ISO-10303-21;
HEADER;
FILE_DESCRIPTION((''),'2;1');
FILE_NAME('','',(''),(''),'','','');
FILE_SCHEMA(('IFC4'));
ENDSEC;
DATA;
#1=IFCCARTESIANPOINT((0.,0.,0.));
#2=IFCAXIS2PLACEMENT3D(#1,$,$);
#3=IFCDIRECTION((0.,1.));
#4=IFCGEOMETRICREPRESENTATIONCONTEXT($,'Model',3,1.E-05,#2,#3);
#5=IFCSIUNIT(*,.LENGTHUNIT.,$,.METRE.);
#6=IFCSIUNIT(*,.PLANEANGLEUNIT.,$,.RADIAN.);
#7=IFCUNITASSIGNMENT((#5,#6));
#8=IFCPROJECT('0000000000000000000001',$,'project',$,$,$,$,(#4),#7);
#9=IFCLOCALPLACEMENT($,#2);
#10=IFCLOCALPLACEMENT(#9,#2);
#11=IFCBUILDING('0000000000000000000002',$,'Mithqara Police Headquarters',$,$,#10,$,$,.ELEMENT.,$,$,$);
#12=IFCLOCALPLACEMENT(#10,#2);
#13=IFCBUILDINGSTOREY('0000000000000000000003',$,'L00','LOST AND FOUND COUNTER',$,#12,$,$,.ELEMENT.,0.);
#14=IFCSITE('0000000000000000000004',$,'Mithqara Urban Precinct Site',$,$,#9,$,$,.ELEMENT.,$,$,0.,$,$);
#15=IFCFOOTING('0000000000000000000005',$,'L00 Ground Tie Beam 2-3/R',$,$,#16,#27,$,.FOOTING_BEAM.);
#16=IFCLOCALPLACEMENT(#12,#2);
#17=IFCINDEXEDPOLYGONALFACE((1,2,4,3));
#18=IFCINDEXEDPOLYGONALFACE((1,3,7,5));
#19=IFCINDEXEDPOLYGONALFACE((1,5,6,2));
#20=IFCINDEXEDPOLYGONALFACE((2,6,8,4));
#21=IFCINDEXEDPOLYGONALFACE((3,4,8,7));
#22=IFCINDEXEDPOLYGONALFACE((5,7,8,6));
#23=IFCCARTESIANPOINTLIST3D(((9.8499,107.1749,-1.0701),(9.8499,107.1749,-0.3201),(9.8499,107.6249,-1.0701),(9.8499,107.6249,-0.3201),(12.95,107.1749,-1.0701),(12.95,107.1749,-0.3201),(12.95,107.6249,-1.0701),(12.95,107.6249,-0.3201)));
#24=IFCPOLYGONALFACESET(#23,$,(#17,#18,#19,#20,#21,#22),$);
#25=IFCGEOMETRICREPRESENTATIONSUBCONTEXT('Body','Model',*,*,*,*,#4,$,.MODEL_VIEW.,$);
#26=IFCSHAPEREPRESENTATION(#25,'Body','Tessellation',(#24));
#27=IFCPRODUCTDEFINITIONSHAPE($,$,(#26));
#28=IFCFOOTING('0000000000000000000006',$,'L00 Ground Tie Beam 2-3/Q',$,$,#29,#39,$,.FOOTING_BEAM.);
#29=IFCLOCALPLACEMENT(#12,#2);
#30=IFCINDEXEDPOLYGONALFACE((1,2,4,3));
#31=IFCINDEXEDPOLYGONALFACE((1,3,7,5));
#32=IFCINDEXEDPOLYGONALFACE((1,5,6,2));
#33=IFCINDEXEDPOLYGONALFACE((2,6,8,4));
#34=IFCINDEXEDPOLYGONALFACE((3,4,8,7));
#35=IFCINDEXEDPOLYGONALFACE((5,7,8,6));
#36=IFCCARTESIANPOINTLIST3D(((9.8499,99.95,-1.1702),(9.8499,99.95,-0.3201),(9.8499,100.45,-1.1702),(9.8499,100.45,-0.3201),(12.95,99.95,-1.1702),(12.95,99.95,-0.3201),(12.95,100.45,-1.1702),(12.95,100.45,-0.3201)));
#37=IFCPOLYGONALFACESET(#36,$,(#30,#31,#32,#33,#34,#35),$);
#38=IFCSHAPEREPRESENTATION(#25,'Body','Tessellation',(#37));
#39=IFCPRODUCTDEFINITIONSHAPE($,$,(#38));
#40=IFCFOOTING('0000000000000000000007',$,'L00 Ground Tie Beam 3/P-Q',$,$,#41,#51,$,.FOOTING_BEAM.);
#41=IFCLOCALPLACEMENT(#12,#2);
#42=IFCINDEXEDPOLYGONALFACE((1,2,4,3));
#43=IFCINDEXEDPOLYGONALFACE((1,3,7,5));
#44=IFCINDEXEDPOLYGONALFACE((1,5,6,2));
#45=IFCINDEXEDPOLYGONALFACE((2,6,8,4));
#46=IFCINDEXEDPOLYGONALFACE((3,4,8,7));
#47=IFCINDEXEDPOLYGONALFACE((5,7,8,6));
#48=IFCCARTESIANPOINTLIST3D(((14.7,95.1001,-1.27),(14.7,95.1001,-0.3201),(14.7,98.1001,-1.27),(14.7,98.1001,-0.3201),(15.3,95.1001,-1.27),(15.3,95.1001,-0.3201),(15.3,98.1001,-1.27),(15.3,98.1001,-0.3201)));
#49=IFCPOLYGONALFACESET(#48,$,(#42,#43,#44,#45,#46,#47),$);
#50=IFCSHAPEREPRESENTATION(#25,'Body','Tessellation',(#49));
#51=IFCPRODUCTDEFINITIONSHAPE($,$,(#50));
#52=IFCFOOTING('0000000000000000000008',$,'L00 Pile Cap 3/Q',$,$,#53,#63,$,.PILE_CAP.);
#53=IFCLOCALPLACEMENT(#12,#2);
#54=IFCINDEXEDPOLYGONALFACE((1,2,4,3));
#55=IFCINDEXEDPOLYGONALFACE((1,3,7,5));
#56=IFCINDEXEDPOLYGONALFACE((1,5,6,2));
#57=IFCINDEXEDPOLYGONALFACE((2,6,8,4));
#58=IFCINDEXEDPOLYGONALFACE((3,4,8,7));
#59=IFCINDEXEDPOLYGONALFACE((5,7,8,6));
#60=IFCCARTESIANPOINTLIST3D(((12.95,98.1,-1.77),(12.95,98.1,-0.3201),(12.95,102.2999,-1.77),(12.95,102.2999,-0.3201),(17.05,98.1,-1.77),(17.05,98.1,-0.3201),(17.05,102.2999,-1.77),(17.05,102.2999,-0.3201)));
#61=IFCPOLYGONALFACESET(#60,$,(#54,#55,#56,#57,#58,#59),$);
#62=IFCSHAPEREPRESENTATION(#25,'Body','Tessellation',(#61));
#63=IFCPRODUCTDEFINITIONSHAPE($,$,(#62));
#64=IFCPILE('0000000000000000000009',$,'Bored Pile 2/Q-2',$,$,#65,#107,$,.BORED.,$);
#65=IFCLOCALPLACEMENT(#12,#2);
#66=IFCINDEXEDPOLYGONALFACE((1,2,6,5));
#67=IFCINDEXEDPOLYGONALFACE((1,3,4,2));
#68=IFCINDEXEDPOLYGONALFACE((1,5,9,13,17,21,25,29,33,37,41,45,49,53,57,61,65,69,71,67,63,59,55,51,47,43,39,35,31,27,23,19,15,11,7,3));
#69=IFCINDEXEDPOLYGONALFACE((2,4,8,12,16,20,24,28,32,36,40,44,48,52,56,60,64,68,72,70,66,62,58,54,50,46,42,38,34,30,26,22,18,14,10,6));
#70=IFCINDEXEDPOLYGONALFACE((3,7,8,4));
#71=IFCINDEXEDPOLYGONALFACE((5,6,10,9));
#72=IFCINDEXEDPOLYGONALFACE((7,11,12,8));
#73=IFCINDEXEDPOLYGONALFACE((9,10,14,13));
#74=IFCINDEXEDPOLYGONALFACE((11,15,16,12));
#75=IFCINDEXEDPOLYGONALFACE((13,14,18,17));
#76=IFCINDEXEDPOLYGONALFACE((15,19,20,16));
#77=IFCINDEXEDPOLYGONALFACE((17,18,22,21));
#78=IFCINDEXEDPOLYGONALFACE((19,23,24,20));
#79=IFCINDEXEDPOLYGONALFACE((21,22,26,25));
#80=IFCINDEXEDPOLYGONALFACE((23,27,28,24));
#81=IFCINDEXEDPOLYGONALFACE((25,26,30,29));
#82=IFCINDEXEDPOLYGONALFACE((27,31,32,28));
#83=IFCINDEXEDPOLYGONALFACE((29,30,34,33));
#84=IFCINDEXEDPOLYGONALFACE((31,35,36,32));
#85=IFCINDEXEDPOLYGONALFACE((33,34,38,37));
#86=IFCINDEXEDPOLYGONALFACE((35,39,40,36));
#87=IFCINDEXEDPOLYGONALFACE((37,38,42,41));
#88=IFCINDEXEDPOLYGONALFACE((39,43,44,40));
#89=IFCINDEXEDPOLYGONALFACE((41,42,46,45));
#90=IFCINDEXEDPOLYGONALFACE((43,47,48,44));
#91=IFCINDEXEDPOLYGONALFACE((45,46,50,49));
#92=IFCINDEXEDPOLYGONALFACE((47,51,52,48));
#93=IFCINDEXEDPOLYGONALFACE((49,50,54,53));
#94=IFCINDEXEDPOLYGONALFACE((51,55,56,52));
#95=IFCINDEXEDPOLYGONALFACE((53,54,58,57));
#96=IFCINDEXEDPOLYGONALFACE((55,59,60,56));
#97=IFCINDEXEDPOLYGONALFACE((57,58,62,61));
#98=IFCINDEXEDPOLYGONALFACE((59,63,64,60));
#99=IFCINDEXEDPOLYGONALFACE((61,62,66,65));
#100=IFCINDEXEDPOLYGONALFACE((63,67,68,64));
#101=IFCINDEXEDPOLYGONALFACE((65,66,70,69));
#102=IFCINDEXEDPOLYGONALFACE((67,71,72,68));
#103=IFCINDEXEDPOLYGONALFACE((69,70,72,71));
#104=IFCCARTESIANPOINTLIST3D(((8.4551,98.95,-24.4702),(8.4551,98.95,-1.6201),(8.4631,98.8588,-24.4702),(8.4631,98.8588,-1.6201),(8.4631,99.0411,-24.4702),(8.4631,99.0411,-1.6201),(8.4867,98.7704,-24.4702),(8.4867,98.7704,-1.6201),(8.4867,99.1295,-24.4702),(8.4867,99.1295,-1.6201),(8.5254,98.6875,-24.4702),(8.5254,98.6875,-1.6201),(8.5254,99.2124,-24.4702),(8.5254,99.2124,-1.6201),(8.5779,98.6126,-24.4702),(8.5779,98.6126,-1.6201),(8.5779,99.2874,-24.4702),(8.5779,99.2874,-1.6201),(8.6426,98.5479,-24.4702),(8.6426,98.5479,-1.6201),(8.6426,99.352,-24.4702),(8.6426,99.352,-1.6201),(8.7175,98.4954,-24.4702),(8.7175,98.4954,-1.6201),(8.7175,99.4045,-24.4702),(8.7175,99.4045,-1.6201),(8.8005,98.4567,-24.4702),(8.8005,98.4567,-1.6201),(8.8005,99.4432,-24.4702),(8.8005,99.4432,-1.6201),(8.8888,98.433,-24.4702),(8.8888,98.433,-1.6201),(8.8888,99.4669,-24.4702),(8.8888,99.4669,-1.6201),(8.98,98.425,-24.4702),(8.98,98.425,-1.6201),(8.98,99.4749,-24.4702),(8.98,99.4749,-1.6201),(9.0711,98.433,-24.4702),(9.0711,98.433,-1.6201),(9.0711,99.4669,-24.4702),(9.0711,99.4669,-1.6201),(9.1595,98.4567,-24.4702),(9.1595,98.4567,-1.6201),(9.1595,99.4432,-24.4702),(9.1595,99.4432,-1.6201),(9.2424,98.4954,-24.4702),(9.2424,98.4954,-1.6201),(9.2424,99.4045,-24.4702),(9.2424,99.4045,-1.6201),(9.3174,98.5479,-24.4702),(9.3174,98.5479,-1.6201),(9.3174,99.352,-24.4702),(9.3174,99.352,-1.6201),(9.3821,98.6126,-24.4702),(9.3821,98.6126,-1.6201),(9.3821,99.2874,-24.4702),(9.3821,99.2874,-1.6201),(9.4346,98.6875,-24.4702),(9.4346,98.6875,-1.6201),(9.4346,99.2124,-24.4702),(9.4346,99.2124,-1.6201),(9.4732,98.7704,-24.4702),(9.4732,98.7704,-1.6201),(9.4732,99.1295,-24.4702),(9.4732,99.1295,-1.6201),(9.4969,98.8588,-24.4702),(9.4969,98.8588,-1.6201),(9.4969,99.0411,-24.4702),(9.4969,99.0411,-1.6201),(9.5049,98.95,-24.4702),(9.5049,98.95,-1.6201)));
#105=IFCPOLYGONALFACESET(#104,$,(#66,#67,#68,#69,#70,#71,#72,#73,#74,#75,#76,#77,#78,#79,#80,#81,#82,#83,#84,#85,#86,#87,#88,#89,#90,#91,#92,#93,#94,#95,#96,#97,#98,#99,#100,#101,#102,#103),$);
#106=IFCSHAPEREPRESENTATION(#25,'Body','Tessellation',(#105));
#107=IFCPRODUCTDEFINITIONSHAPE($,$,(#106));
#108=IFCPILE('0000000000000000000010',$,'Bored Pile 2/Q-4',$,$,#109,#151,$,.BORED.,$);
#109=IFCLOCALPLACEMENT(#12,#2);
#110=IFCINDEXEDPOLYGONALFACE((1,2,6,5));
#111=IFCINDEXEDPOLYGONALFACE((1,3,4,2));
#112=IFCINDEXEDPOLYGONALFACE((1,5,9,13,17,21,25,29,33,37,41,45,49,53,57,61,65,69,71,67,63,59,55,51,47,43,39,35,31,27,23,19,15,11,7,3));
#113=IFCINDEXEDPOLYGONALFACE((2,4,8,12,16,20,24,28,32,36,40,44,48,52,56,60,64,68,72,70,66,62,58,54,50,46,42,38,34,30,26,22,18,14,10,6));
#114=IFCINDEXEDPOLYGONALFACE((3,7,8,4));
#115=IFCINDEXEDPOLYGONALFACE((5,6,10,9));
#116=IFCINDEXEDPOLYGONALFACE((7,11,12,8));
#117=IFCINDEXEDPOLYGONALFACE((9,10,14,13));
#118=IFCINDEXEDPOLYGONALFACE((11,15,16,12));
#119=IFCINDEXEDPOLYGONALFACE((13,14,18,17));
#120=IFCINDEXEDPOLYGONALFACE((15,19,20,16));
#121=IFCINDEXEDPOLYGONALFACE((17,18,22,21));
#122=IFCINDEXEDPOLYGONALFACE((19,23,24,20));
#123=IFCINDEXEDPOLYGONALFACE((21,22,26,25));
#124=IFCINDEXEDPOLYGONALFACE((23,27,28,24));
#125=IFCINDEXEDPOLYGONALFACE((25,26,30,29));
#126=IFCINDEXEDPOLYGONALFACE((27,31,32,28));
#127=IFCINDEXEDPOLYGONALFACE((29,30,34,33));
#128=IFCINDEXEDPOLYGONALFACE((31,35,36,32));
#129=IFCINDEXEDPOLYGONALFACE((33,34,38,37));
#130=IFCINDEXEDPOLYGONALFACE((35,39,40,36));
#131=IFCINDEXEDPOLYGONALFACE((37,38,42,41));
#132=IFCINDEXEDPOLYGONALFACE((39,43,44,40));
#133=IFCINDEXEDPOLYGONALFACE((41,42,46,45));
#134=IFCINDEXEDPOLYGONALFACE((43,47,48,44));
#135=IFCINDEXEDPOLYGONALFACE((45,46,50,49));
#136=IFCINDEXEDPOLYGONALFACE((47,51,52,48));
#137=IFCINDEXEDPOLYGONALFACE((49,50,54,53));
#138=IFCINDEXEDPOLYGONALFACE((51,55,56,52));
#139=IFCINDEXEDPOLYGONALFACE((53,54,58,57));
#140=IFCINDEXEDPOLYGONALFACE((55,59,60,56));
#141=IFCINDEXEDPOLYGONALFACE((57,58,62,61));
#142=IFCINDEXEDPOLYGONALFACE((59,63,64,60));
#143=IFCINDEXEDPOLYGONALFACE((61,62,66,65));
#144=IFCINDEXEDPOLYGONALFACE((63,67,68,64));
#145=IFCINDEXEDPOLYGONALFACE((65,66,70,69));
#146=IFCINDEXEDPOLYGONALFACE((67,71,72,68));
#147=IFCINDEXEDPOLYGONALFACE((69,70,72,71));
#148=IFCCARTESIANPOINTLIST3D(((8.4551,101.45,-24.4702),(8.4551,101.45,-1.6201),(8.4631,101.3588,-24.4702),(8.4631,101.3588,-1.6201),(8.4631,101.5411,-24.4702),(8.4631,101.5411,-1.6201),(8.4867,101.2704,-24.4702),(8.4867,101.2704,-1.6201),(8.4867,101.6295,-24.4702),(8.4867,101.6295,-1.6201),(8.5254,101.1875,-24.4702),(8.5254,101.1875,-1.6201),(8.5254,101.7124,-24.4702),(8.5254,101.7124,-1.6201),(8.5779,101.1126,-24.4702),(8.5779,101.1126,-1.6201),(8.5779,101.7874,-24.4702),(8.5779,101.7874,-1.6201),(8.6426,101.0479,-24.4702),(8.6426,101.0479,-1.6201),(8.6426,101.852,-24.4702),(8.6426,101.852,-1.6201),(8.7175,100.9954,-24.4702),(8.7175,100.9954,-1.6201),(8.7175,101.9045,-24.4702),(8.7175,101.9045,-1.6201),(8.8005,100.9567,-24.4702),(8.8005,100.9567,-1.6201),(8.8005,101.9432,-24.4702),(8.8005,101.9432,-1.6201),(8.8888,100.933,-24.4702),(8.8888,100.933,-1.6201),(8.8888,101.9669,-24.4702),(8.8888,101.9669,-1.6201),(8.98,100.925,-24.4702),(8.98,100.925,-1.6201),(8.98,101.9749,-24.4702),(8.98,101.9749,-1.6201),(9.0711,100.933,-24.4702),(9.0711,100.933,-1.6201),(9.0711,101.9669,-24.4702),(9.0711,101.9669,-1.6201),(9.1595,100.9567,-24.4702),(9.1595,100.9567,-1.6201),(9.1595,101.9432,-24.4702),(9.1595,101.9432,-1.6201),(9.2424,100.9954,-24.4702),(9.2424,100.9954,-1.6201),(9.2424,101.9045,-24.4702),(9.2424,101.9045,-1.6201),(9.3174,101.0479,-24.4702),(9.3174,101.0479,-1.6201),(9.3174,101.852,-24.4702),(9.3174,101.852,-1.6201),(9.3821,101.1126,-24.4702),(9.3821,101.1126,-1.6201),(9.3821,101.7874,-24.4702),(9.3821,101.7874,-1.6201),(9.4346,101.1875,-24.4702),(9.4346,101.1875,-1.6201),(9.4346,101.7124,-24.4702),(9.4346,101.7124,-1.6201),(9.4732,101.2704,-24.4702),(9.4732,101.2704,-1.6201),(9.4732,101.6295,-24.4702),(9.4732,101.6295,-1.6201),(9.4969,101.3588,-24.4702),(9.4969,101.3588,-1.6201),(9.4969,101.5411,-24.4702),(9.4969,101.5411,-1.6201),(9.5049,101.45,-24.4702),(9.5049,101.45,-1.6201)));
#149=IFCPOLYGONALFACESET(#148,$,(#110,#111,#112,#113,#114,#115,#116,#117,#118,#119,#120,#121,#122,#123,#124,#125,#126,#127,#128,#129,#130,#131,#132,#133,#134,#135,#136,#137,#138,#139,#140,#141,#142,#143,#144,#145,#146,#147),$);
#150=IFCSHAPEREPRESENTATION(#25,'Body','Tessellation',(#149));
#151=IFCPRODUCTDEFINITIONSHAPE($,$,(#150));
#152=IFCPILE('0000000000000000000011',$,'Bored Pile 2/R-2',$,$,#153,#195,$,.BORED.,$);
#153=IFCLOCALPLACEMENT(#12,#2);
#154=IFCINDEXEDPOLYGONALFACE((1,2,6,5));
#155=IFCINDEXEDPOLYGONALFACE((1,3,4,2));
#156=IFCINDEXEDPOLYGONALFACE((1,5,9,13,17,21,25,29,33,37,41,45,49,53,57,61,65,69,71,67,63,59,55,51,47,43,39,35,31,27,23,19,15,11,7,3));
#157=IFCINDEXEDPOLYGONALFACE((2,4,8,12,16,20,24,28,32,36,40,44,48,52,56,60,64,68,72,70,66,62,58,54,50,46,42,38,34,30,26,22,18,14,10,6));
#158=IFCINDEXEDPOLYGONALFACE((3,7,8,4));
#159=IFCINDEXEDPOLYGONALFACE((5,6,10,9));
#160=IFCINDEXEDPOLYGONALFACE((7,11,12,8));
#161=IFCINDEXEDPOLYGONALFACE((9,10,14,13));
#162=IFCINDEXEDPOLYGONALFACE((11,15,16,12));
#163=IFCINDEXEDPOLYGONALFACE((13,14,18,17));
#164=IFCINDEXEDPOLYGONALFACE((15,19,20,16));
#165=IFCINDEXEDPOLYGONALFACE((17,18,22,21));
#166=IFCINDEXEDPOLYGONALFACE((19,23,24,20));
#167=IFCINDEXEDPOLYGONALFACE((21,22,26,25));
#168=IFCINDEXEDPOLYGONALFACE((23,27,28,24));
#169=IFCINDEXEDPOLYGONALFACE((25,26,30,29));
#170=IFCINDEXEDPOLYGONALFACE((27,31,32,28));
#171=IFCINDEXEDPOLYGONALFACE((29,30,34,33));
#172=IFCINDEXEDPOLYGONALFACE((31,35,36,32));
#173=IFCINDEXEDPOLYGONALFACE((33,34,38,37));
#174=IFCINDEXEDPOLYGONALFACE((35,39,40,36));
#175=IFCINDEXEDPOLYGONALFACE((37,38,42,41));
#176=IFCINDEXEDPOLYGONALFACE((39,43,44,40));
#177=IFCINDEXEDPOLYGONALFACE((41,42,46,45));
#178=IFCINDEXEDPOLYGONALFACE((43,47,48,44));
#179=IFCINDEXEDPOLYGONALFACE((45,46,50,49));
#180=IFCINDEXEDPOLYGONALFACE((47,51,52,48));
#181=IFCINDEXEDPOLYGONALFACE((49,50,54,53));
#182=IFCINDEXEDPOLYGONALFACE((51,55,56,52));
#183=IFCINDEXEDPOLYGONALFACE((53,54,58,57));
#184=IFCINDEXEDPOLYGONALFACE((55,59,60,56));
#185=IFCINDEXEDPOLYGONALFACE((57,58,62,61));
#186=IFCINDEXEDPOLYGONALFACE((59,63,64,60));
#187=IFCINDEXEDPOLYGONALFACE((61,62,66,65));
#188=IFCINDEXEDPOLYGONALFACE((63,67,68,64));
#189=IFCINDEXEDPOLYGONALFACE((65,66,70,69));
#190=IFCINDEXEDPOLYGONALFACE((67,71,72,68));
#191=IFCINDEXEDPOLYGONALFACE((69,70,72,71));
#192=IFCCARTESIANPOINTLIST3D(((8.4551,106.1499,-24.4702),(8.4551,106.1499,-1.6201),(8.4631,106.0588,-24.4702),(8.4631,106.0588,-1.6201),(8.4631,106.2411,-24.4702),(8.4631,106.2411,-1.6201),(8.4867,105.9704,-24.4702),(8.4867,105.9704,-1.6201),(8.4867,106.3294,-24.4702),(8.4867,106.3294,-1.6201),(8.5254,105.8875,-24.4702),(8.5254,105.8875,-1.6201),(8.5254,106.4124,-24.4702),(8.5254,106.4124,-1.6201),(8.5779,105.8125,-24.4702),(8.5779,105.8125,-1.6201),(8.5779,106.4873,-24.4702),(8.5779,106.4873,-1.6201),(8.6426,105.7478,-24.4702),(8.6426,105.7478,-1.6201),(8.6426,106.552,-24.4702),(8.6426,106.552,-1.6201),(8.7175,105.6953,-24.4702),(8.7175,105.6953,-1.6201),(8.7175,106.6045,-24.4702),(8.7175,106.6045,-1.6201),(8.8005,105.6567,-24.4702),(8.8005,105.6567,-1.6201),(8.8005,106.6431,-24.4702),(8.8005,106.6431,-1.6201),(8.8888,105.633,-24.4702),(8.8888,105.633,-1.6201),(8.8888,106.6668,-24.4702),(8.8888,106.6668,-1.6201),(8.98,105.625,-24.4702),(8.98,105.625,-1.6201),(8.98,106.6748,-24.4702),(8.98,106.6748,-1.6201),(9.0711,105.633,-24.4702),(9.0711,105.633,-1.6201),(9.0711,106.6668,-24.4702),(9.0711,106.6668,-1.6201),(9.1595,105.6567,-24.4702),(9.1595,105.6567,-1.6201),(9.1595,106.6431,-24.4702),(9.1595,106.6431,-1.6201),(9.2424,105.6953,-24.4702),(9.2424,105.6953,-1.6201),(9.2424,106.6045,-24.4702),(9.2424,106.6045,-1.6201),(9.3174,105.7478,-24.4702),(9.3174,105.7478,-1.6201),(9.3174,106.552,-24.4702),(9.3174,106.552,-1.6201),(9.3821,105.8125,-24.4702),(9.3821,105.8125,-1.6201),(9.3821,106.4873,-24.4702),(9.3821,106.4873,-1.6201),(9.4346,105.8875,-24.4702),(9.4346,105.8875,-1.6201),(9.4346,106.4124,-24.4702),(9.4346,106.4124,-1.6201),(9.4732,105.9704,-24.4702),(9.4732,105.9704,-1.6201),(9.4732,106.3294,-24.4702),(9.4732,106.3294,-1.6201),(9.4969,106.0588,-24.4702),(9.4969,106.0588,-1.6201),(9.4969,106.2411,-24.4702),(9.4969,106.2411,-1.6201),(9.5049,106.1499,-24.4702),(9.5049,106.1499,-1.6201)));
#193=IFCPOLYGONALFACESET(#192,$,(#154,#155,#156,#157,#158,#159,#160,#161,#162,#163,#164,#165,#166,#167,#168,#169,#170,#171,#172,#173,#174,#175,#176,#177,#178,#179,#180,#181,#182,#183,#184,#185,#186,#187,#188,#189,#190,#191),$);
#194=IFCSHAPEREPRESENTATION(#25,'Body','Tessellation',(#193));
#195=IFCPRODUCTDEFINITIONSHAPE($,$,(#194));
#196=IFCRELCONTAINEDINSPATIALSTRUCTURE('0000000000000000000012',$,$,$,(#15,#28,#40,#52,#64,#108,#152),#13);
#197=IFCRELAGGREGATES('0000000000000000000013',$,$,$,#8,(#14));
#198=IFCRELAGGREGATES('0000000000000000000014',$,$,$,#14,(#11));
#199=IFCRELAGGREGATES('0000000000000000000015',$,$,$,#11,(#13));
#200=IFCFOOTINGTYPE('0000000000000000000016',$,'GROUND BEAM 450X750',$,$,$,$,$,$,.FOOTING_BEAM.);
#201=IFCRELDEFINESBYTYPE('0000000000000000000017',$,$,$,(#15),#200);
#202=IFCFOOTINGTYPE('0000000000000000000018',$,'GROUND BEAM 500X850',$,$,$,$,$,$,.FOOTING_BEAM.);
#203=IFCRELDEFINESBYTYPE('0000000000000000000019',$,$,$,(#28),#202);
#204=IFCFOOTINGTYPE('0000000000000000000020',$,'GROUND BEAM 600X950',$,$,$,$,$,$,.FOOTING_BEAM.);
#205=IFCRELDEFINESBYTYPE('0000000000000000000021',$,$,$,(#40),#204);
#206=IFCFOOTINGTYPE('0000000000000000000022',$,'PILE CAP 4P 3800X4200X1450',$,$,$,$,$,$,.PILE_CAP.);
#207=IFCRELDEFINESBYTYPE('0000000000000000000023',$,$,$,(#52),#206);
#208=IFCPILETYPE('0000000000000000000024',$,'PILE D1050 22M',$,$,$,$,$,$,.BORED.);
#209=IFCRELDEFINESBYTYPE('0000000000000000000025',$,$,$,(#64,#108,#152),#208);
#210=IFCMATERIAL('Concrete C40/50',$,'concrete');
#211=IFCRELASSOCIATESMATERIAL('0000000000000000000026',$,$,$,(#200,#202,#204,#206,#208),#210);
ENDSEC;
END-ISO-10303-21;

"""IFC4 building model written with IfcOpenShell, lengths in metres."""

from ifc_helpers import new_model, si_unit, direction, frame, origin, origin_2d, place, context, subcontext, project, spatial, rectangle, circle, extrude, material, material_profile, profile_set, type_object, element, save


model = new_model("IFC4")

# Units and contexts
model_context = context("Model", 3, precision=1e-05, world=origin(), true_north=direction((0.0, 1.0)))
body_context = subcontext(model_context, "Body", "Model", "MODEL_VIEW")
ifc_project = project(units=[si_unit("LENGTHUNIT", "METRE"), si_unit("PLANEANGLEUNIT", "RADIAN")], contexts=[model_context])

# Site, building, storey
site_placement = place(None, origin())
site = spatial("IfcSite", under=ifc_project, at=site_placement, Name="Mithqara Urban Precinct Site", CompositionType="ELEMENT", RefElevation=0.0)
building_placement = place(site_placement, origin())
building = spatial("IfcBuilding", under=site, at=building_placement, Name="Mithqara Police Headquarters", CompositionType="ELEMENT")
storey_placement = place(building_placement, origin())
storey = spatial("IfcBuildingStorey", under=building, at=storey_placement, Name="L00", Description="LOST AND FOUND COUNTER", CompositionType="ELEMENT", Elevation=0.0)

# Footings
ifc_material_1 = material(Name="Concrete C40/50", Category="concrete")
footing_type_1 = type_object("IfcFootingType", Name="GROUND BEAM 450X750", PredefinedType="FOOTING_BEAM", material=ifc_material_1)
footing_1_placement = place(storey_placement, frame((11.3999, 107.3999, -1.0701), z_axis=(0.0, 0.0, 1.0), x_axis=(1.0, 0.0, 0.0)))
element("IfcFooting", 1, at=footing_1_placement, inside=storey, type_object=footing_type_1, Name="L00 Ground Tie Beam 2-3/R", PredefinedType="FOOTING_BEAM", context=body_context, shape_type="SweptSolid", body=[
    extrude(rectangle(XDim=3.1001, YDim=0.45, at=origin_2d()), origin(), (0.0, 0.0, 1.0), 0.75),
])
footing_type_2 = type_object("IfcFootingType", Name="GROUND BEAM 500X850", PredefinedType="FOOTING_BEAM", material=ifc_material_1)
footing_2_placement = place(storey_placement, frame((11.3999, 100.2, -1.1702), z_axis=(0.0, 0.0, 1.0), x_axis=(1.0, 0.0, 0.0)))
element("IfcFooting", 2, at=footing_2_placement, inside=storey, type_object=footing_type_2, Name="L00 Ground Tie Beam 2-3/Q", PredefinedType="FOOTING_BEAM", context=body_context, shape_type="SweptSolid", body=[
    extrude(rectangle(XDim=3.1001, YDim=0.5, at=origin_2d()), origin(), (0.0, 0.0, 1.0), 0.8501),
])
footing_type_3 = type_object("IfcFootingType", Name="GROUND BEAM 600X950", PredefinedType="FOOTING_BEAM", material=ifc_material_1)
footing_3_placement = place(storey_placement, frame((15.0, 96.6001, -1.27), z_axis=(0.0, 0.0, 1.0), x_axis=(1.0, 0.0, 0.0)))
element("IfcFooting", 3, at=footing_3_placement, inside=storey, type_object=footing_type_3, Name="L00 Ground Tie Beam 3/P-Q", PredefinedType="FOOTING_BEAM", context=body_context, shape_type="SweptSolid", body=[
    extrude(rectangle(XDim=0.6001, YDim=3.0, at=origin_2d()), origin(), (0.0, 0.0, 1.0), 0.95),
])
footing_type_4 = type_object("IfcFootingType", Name="PILE CAP 4P 3800X4200X1450", PredefinedType="PILE_CAP", material=ifc_material_1)
footing_4_placement = place(storey_placement, frame((15.0, 100.2, -1.77), z_axis=(0.0, 0.0, 1.0), x_axis=(1.0, 0.0, 0.0)))
element("IfcFooting", 4, at=footing_4_placement, inside=storey, type_object=footing_type_4, Name="L00 Pile Cap 3/Q", PredefinedType="PILE_CAP", context=body_context, shape_type="SweptSolid", body=[
    extrude(rectangle(XDim=4.1001, YDim=4.2, at=origin_2d()), origin(), (0.0, 0.0, 1.0), 1.45),
])

# Piles
ifc_material_profile_1 = material_profile(ifc_material_1, circle(Radius=0.5249, at=origin_2d()), Name="PILE D1050")
ifc_profile_set_1 = profile_set([ifc_material_profile_1], Name="Concrete C40/50")
pile_type = type_object("IfcPileType", Name="PILE D1050 22M", PredefinedType="BORED", material=ifc_profile_set_1)
for number, where, z_axis, x_axis, name in (
    (5, (8.98, 98.95, -1.6201), (0.0, 0.0, -1.0), (1.0, 0.0, 0.0), "Bored Pile 2/Q-2"),
    (6, (8.98, 101.45, -1.6201), (0.0, 0.0, -1.0), (1.0, 0.0, 0.0), "Bored Pile 2/Q-4"),
    (7, (8.98, 106.1499, -1.6201), (0.0, 0.0, -1.0), (1.0, 0.0, 0.0), "Bored Pile 2/R-2"),
):
    element("IfcPile", number, at=place(storey_placement, frame(where, z_axis=z_axis, x_axis=x_axis)), inside=storey, type_object=pile_type, Name=name, PredefinedType="BORED", context=body_context, shape_type="SweptSolid", body=[
        extrude(circle(Radius=0.5249, at=origin_2d()), origin(), (0.0, 0.0, 1.0), 22.8501),
    ])

save(model, "model.ifc")
